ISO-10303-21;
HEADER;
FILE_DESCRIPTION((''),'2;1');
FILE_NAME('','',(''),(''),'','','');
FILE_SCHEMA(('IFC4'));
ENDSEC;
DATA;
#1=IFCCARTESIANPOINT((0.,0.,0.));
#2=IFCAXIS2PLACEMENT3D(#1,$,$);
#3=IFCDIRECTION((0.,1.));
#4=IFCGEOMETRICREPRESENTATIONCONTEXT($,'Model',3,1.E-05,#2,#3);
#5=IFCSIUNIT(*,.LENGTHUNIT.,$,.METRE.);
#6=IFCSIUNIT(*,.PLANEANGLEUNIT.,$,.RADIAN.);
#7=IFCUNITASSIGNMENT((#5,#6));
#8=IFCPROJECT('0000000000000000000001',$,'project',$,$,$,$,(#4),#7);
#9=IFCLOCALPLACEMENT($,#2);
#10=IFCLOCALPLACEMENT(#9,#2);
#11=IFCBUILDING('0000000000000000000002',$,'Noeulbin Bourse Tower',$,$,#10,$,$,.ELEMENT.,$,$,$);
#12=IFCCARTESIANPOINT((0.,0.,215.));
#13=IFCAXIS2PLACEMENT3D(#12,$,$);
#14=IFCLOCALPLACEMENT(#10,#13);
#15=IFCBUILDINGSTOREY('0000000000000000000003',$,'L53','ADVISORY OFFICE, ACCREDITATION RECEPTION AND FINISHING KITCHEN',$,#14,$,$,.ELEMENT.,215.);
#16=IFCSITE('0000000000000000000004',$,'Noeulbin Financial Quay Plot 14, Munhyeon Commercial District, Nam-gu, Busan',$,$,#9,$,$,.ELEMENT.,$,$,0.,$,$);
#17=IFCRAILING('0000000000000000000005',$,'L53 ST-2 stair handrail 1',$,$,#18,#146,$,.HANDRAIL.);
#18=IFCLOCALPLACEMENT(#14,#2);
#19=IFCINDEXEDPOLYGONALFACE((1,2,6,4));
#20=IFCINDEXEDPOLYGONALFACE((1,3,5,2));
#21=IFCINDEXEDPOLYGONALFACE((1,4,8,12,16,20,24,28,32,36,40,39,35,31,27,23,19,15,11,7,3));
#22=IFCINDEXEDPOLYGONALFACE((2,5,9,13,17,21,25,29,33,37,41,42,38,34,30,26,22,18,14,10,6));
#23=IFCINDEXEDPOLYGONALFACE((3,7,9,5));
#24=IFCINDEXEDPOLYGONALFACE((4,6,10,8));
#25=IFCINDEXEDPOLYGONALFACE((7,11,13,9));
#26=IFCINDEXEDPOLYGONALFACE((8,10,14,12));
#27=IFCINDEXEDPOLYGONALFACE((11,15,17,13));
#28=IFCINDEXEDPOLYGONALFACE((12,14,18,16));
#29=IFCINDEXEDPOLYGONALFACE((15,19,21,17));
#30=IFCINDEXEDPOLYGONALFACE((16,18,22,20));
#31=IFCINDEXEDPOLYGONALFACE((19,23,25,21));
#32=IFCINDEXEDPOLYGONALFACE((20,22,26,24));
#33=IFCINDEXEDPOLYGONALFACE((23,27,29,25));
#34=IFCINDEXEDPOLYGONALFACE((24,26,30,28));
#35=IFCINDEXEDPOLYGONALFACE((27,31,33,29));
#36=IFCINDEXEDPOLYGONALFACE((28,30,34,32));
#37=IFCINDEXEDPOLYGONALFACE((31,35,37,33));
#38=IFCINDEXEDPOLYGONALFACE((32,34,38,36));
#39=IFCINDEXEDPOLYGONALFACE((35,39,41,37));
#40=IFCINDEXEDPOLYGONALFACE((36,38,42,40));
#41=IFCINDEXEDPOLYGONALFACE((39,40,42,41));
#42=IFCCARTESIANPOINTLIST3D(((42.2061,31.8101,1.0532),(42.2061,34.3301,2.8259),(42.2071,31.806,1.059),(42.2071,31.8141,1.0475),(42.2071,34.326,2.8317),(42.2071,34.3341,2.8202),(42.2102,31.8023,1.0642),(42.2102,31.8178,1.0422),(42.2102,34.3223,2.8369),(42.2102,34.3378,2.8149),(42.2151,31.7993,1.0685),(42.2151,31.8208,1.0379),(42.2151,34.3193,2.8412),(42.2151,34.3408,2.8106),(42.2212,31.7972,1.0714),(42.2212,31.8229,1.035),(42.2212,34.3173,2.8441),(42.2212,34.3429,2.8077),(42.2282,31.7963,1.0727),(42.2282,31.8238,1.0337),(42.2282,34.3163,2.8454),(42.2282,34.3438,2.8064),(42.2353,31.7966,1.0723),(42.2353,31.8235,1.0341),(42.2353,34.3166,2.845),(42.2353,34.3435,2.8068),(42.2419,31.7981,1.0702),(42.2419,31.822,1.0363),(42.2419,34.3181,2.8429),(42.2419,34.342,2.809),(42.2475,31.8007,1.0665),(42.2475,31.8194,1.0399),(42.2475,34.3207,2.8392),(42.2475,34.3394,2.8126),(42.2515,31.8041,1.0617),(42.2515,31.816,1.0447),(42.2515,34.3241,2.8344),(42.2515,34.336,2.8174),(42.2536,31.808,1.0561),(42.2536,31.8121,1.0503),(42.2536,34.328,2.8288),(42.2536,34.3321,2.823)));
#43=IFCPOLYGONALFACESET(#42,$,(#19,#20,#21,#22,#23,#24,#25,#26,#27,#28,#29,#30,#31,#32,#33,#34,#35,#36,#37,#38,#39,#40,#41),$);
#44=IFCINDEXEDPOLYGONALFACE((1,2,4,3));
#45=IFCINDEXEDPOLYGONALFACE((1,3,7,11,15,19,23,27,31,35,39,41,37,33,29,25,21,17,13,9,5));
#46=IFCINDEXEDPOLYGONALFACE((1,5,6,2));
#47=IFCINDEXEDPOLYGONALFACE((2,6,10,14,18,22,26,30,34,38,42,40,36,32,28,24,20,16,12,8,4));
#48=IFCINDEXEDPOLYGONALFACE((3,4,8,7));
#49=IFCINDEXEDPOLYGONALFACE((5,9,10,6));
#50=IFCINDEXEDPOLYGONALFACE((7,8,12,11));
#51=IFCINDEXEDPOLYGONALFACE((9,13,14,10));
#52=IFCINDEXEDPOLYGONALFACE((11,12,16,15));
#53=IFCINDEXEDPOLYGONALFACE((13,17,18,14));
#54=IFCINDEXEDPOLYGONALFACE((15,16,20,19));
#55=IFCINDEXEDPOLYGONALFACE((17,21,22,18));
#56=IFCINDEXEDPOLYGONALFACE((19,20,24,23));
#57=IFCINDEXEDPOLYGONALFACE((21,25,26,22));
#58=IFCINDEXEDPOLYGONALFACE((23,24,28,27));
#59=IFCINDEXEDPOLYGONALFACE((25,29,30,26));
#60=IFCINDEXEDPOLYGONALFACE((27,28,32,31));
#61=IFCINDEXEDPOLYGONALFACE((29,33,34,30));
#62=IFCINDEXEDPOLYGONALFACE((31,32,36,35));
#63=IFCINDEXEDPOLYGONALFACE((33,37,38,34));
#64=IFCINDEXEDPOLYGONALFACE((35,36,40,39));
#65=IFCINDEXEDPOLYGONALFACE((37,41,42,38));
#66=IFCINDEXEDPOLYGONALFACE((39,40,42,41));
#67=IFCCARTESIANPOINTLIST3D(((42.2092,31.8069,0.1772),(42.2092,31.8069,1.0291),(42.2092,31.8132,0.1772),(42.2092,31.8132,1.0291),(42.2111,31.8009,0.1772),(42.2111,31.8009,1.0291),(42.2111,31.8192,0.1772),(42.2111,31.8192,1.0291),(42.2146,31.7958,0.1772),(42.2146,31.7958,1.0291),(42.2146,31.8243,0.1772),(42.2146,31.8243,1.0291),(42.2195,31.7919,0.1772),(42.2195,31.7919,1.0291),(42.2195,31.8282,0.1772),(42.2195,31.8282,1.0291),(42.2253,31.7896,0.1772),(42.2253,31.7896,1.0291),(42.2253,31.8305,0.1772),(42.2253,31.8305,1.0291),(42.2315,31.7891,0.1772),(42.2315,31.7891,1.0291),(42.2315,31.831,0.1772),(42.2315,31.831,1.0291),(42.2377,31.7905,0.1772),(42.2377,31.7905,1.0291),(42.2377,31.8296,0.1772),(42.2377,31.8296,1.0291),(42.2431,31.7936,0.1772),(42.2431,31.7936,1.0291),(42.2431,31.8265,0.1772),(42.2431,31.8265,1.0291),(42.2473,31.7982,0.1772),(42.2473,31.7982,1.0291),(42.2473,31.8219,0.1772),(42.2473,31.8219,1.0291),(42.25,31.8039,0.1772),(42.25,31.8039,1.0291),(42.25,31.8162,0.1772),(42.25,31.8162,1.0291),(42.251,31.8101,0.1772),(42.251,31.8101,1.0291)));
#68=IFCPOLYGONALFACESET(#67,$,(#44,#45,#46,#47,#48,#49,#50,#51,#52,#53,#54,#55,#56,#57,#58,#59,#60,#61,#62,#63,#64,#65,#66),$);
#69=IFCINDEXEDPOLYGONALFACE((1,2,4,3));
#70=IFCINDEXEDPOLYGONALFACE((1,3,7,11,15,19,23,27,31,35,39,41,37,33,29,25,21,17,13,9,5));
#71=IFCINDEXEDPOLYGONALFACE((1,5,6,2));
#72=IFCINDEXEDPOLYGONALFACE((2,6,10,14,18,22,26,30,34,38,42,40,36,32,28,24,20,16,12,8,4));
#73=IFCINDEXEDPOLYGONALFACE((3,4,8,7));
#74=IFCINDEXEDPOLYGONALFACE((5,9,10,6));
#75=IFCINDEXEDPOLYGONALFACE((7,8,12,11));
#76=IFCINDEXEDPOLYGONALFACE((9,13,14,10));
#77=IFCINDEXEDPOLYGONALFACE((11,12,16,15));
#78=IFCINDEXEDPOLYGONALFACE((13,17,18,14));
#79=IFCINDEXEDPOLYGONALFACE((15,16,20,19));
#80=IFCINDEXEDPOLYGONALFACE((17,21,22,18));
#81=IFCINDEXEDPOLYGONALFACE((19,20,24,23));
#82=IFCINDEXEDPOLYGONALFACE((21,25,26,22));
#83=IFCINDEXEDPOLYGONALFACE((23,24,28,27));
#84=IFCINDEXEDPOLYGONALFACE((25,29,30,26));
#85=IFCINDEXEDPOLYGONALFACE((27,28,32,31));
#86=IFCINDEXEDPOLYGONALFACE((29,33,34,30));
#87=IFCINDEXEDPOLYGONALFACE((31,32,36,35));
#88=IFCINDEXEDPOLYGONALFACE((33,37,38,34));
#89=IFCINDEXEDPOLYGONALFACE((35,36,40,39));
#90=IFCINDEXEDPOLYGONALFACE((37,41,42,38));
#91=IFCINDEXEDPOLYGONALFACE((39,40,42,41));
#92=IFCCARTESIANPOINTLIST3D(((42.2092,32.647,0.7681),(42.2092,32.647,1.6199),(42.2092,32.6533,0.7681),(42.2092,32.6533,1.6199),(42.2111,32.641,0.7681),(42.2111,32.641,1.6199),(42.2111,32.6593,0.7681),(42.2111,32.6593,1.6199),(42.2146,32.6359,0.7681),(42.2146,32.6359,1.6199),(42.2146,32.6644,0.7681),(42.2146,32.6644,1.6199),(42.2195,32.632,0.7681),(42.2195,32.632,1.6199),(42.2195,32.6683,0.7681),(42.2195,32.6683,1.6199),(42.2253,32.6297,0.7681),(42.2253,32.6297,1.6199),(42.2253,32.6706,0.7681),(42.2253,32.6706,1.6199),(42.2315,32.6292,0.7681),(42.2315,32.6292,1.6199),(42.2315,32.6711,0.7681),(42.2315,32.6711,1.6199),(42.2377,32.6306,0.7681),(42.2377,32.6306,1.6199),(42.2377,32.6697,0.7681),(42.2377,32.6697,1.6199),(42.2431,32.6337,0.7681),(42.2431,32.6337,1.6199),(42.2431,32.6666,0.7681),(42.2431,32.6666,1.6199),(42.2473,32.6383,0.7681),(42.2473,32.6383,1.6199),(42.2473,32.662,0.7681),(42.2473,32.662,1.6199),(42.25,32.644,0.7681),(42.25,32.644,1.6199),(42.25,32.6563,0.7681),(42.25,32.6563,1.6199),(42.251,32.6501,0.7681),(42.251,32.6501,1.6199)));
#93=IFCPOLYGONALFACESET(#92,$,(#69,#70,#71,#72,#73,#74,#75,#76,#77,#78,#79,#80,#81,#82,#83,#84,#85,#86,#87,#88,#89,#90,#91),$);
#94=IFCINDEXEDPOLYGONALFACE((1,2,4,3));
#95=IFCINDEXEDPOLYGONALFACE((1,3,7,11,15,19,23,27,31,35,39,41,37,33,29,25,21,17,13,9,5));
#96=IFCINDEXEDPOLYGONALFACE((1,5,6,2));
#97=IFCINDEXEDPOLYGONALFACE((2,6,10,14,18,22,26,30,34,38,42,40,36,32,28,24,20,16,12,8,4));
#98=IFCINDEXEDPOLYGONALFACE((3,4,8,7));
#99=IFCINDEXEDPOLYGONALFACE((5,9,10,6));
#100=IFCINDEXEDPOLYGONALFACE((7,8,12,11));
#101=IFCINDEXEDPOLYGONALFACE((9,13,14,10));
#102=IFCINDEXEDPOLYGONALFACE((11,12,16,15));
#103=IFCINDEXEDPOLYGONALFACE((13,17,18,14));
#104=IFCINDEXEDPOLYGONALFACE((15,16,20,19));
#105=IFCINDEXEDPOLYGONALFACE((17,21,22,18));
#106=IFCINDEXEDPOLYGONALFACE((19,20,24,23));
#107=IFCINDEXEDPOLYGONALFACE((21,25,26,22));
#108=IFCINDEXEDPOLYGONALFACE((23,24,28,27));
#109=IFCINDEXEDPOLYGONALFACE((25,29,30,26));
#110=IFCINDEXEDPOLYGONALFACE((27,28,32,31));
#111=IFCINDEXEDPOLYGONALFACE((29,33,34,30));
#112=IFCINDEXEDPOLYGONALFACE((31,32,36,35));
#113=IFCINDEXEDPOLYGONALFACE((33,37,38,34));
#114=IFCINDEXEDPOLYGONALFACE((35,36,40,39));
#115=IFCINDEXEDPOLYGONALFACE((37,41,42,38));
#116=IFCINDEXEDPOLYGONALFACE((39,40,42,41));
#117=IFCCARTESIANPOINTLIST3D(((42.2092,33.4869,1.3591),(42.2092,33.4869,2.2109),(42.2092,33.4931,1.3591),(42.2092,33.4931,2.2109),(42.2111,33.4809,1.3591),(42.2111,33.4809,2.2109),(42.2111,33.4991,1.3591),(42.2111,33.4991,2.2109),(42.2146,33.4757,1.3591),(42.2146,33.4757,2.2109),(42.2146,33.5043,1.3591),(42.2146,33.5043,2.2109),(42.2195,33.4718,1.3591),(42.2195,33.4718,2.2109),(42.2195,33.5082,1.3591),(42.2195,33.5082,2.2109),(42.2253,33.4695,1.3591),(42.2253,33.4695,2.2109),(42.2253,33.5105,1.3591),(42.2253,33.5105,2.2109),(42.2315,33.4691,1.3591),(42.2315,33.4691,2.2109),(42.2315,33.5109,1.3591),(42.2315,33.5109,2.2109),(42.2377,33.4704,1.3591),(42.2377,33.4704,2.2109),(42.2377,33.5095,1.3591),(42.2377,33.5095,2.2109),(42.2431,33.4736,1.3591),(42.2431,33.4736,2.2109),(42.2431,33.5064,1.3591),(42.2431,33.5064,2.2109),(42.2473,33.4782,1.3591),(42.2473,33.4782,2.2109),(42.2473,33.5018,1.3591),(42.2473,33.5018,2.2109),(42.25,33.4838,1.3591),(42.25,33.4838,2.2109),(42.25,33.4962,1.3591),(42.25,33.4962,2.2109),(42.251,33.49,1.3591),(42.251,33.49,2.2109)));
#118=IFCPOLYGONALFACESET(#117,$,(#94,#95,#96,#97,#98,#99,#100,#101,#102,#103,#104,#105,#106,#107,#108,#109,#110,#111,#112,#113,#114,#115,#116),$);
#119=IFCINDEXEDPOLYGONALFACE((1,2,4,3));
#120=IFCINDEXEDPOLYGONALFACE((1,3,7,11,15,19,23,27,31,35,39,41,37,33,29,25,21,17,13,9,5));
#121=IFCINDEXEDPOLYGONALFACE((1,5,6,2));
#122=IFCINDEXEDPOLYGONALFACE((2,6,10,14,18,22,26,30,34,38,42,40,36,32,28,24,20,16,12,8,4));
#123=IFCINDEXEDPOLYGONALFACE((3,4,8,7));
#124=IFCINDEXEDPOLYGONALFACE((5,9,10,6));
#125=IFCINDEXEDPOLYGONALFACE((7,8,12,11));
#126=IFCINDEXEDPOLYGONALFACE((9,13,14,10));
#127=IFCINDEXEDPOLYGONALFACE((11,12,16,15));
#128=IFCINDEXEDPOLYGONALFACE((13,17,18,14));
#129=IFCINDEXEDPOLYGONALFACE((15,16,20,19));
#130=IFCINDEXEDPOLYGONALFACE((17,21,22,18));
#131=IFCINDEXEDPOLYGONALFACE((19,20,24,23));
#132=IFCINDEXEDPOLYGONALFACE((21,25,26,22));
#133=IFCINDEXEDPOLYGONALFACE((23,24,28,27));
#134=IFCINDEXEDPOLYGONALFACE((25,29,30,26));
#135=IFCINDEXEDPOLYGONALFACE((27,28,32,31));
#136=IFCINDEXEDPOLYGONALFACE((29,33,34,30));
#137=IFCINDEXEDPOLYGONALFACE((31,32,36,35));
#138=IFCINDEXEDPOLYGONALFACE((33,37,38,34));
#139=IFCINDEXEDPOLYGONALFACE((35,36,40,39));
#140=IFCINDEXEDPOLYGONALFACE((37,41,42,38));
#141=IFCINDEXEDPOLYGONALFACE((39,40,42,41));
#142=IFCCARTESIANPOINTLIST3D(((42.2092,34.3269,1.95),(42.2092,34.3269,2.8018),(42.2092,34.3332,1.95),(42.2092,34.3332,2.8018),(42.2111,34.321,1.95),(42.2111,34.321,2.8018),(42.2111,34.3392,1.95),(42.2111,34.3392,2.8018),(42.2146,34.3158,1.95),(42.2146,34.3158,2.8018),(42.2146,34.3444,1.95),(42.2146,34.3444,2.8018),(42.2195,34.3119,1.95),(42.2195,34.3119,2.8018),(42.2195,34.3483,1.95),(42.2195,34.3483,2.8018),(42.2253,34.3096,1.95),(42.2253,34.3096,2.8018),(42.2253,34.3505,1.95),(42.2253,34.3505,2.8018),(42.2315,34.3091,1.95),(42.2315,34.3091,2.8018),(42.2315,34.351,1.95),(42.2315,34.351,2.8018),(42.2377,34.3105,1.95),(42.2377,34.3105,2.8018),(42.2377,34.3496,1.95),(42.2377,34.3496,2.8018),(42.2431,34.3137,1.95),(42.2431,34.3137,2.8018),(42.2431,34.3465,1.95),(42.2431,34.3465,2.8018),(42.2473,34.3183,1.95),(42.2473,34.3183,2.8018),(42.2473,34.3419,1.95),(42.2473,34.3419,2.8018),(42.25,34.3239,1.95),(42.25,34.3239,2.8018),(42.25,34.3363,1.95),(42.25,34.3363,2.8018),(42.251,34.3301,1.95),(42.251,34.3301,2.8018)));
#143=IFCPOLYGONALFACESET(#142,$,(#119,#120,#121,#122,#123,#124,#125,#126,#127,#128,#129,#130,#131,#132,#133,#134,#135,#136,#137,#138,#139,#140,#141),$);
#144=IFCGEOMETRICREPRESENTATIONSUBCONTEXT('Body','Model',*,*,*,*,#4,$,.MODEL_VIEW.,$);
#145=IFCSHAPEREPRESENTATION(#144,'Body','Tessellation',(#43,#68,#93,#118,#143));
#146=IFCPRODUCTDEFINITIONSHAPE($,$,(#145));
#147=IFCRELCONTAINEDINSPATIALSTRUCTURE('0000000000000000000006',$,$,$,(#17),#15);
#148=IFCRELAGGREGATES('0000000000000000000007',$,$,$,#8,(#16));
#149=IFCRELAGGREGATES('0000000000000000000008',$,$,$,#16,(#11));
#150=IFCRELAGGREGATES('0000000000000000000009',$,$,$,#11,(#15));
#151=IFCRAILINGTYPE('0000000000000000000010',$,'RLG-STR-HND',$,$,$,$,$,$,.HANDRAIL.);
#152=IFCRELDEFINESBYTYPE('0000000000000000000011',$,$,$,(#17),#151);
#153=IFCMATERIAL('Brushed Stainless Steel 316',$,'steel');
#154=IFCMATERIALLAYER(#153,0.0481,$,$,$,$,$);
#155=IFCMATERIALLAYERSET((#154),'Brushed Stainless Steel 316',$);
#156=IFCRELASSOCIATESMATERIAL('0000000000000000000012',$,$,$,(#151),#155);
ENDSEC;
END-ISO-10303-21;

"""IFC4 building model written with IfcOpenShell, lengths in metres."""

from ifc_helpers import new_model, si_unit, direction, frame, origin, origin_2d, place, context, subcontext, project, spatial, circle, extrude, material, layer, layer_set, type_object, element, save


model = new_model("IFC4")

# Units and contexts
model_context = context("Model", 3, precision=1e-05, world=origin(), true_north=direction((0.0, 1.0)))
body_context = subcontext(model_context, "Body", "Model", "MODEL_VIEW")
ifc_project = project(units=[si_unit("LENGTHUNIT", "METRE"), si_unit("PLANEANGLEUNIT", "RADIAN")], contexts=[model_context])

# Site, building, storey
site_placement = place(None, origin())
site = spatial("IfcSite", under=ifc_project, at=site_placement, Name="Noeulbin Financial Quay Plot 14, Munhyeon Commercial District, Nam-gu, Busan", CompositionType="ELEMENT", RefElevation=0.0)
building_placement = place(site_placement, origin())
building = spatial("IfcBuilding", under=site, at=building_placement, Name="Noeulbin Bourse Tower", CompositionType="ELEMENT")
storey_placement = place(building_placement, frame((0.0, 0.0, 215.0)))
storey = spatial("IfcBuildingStorey", under=building, at=storey_placement, Name="L53", Description="ADVISORY OFFICE, ACCREDITATION RECEPTION AND FINISHING KITCHEN", CompositionType="ELEMENT", Elevation=215.0)

# Railing
ifc_material_1 = material(Name="Brushed Stainless Steel 316", Category="steel")
ifc_layer_1 = layer(ifc_material_1, 0.0481)
ifc_layer_set_1 = layer_set([ifc_layer_1], Name="Brushed Stainless Steel 316")
railing_type = type_object("IfcRailingType", Name="RLG-STR-HND", PredefinedType="HANDRAIL", material=ifc_layer_set_1)
railing_placement = place(storey_placement, frame((42.23, 31.8101, 0.1772)))
element("IfcRailing", 1, at=railing_placement, inside=storey, type_object=railing_type, Name="L53 ST-2 stair handrail 1", PredefinedType="HANDRAIL", context=body_context, shape_type="SweptSolid", body=[
    extrude(circle(Radius=0.0239, at=origin_2d()), frame((0.0, 0.0, 0.876), z_axis=(0.0, 0.817904, 0.575354), x_axis=(-1.0, 0.0, 0.0)), (0.0, 0.0, 1.0), 3.0811),
    extrude(circle(Radius=0.021, at=origin_2d()), origin(), (0.0, 0.0, 1.0), 0.8518),
    extrude(circle(Radius=0.021, at=origin_2d()), frame((0.0, 0.8401, 0.5908)), (0.0, 0.0, 1.0), 0.8518),
    extrude(circle(Radius=0.021, at=origin_2d()), frame((0.0, 1.6799, 1.1819)), (0.0, 0.0, 1.0), 0.8518),
    extrude(circle(Radius=0.021, at=origin_2d()), frame((0.0, 2.52, 1.7727)), (0.0, 0.0, 1.0), 0.8518),
])

save(model, "model.ifc")
